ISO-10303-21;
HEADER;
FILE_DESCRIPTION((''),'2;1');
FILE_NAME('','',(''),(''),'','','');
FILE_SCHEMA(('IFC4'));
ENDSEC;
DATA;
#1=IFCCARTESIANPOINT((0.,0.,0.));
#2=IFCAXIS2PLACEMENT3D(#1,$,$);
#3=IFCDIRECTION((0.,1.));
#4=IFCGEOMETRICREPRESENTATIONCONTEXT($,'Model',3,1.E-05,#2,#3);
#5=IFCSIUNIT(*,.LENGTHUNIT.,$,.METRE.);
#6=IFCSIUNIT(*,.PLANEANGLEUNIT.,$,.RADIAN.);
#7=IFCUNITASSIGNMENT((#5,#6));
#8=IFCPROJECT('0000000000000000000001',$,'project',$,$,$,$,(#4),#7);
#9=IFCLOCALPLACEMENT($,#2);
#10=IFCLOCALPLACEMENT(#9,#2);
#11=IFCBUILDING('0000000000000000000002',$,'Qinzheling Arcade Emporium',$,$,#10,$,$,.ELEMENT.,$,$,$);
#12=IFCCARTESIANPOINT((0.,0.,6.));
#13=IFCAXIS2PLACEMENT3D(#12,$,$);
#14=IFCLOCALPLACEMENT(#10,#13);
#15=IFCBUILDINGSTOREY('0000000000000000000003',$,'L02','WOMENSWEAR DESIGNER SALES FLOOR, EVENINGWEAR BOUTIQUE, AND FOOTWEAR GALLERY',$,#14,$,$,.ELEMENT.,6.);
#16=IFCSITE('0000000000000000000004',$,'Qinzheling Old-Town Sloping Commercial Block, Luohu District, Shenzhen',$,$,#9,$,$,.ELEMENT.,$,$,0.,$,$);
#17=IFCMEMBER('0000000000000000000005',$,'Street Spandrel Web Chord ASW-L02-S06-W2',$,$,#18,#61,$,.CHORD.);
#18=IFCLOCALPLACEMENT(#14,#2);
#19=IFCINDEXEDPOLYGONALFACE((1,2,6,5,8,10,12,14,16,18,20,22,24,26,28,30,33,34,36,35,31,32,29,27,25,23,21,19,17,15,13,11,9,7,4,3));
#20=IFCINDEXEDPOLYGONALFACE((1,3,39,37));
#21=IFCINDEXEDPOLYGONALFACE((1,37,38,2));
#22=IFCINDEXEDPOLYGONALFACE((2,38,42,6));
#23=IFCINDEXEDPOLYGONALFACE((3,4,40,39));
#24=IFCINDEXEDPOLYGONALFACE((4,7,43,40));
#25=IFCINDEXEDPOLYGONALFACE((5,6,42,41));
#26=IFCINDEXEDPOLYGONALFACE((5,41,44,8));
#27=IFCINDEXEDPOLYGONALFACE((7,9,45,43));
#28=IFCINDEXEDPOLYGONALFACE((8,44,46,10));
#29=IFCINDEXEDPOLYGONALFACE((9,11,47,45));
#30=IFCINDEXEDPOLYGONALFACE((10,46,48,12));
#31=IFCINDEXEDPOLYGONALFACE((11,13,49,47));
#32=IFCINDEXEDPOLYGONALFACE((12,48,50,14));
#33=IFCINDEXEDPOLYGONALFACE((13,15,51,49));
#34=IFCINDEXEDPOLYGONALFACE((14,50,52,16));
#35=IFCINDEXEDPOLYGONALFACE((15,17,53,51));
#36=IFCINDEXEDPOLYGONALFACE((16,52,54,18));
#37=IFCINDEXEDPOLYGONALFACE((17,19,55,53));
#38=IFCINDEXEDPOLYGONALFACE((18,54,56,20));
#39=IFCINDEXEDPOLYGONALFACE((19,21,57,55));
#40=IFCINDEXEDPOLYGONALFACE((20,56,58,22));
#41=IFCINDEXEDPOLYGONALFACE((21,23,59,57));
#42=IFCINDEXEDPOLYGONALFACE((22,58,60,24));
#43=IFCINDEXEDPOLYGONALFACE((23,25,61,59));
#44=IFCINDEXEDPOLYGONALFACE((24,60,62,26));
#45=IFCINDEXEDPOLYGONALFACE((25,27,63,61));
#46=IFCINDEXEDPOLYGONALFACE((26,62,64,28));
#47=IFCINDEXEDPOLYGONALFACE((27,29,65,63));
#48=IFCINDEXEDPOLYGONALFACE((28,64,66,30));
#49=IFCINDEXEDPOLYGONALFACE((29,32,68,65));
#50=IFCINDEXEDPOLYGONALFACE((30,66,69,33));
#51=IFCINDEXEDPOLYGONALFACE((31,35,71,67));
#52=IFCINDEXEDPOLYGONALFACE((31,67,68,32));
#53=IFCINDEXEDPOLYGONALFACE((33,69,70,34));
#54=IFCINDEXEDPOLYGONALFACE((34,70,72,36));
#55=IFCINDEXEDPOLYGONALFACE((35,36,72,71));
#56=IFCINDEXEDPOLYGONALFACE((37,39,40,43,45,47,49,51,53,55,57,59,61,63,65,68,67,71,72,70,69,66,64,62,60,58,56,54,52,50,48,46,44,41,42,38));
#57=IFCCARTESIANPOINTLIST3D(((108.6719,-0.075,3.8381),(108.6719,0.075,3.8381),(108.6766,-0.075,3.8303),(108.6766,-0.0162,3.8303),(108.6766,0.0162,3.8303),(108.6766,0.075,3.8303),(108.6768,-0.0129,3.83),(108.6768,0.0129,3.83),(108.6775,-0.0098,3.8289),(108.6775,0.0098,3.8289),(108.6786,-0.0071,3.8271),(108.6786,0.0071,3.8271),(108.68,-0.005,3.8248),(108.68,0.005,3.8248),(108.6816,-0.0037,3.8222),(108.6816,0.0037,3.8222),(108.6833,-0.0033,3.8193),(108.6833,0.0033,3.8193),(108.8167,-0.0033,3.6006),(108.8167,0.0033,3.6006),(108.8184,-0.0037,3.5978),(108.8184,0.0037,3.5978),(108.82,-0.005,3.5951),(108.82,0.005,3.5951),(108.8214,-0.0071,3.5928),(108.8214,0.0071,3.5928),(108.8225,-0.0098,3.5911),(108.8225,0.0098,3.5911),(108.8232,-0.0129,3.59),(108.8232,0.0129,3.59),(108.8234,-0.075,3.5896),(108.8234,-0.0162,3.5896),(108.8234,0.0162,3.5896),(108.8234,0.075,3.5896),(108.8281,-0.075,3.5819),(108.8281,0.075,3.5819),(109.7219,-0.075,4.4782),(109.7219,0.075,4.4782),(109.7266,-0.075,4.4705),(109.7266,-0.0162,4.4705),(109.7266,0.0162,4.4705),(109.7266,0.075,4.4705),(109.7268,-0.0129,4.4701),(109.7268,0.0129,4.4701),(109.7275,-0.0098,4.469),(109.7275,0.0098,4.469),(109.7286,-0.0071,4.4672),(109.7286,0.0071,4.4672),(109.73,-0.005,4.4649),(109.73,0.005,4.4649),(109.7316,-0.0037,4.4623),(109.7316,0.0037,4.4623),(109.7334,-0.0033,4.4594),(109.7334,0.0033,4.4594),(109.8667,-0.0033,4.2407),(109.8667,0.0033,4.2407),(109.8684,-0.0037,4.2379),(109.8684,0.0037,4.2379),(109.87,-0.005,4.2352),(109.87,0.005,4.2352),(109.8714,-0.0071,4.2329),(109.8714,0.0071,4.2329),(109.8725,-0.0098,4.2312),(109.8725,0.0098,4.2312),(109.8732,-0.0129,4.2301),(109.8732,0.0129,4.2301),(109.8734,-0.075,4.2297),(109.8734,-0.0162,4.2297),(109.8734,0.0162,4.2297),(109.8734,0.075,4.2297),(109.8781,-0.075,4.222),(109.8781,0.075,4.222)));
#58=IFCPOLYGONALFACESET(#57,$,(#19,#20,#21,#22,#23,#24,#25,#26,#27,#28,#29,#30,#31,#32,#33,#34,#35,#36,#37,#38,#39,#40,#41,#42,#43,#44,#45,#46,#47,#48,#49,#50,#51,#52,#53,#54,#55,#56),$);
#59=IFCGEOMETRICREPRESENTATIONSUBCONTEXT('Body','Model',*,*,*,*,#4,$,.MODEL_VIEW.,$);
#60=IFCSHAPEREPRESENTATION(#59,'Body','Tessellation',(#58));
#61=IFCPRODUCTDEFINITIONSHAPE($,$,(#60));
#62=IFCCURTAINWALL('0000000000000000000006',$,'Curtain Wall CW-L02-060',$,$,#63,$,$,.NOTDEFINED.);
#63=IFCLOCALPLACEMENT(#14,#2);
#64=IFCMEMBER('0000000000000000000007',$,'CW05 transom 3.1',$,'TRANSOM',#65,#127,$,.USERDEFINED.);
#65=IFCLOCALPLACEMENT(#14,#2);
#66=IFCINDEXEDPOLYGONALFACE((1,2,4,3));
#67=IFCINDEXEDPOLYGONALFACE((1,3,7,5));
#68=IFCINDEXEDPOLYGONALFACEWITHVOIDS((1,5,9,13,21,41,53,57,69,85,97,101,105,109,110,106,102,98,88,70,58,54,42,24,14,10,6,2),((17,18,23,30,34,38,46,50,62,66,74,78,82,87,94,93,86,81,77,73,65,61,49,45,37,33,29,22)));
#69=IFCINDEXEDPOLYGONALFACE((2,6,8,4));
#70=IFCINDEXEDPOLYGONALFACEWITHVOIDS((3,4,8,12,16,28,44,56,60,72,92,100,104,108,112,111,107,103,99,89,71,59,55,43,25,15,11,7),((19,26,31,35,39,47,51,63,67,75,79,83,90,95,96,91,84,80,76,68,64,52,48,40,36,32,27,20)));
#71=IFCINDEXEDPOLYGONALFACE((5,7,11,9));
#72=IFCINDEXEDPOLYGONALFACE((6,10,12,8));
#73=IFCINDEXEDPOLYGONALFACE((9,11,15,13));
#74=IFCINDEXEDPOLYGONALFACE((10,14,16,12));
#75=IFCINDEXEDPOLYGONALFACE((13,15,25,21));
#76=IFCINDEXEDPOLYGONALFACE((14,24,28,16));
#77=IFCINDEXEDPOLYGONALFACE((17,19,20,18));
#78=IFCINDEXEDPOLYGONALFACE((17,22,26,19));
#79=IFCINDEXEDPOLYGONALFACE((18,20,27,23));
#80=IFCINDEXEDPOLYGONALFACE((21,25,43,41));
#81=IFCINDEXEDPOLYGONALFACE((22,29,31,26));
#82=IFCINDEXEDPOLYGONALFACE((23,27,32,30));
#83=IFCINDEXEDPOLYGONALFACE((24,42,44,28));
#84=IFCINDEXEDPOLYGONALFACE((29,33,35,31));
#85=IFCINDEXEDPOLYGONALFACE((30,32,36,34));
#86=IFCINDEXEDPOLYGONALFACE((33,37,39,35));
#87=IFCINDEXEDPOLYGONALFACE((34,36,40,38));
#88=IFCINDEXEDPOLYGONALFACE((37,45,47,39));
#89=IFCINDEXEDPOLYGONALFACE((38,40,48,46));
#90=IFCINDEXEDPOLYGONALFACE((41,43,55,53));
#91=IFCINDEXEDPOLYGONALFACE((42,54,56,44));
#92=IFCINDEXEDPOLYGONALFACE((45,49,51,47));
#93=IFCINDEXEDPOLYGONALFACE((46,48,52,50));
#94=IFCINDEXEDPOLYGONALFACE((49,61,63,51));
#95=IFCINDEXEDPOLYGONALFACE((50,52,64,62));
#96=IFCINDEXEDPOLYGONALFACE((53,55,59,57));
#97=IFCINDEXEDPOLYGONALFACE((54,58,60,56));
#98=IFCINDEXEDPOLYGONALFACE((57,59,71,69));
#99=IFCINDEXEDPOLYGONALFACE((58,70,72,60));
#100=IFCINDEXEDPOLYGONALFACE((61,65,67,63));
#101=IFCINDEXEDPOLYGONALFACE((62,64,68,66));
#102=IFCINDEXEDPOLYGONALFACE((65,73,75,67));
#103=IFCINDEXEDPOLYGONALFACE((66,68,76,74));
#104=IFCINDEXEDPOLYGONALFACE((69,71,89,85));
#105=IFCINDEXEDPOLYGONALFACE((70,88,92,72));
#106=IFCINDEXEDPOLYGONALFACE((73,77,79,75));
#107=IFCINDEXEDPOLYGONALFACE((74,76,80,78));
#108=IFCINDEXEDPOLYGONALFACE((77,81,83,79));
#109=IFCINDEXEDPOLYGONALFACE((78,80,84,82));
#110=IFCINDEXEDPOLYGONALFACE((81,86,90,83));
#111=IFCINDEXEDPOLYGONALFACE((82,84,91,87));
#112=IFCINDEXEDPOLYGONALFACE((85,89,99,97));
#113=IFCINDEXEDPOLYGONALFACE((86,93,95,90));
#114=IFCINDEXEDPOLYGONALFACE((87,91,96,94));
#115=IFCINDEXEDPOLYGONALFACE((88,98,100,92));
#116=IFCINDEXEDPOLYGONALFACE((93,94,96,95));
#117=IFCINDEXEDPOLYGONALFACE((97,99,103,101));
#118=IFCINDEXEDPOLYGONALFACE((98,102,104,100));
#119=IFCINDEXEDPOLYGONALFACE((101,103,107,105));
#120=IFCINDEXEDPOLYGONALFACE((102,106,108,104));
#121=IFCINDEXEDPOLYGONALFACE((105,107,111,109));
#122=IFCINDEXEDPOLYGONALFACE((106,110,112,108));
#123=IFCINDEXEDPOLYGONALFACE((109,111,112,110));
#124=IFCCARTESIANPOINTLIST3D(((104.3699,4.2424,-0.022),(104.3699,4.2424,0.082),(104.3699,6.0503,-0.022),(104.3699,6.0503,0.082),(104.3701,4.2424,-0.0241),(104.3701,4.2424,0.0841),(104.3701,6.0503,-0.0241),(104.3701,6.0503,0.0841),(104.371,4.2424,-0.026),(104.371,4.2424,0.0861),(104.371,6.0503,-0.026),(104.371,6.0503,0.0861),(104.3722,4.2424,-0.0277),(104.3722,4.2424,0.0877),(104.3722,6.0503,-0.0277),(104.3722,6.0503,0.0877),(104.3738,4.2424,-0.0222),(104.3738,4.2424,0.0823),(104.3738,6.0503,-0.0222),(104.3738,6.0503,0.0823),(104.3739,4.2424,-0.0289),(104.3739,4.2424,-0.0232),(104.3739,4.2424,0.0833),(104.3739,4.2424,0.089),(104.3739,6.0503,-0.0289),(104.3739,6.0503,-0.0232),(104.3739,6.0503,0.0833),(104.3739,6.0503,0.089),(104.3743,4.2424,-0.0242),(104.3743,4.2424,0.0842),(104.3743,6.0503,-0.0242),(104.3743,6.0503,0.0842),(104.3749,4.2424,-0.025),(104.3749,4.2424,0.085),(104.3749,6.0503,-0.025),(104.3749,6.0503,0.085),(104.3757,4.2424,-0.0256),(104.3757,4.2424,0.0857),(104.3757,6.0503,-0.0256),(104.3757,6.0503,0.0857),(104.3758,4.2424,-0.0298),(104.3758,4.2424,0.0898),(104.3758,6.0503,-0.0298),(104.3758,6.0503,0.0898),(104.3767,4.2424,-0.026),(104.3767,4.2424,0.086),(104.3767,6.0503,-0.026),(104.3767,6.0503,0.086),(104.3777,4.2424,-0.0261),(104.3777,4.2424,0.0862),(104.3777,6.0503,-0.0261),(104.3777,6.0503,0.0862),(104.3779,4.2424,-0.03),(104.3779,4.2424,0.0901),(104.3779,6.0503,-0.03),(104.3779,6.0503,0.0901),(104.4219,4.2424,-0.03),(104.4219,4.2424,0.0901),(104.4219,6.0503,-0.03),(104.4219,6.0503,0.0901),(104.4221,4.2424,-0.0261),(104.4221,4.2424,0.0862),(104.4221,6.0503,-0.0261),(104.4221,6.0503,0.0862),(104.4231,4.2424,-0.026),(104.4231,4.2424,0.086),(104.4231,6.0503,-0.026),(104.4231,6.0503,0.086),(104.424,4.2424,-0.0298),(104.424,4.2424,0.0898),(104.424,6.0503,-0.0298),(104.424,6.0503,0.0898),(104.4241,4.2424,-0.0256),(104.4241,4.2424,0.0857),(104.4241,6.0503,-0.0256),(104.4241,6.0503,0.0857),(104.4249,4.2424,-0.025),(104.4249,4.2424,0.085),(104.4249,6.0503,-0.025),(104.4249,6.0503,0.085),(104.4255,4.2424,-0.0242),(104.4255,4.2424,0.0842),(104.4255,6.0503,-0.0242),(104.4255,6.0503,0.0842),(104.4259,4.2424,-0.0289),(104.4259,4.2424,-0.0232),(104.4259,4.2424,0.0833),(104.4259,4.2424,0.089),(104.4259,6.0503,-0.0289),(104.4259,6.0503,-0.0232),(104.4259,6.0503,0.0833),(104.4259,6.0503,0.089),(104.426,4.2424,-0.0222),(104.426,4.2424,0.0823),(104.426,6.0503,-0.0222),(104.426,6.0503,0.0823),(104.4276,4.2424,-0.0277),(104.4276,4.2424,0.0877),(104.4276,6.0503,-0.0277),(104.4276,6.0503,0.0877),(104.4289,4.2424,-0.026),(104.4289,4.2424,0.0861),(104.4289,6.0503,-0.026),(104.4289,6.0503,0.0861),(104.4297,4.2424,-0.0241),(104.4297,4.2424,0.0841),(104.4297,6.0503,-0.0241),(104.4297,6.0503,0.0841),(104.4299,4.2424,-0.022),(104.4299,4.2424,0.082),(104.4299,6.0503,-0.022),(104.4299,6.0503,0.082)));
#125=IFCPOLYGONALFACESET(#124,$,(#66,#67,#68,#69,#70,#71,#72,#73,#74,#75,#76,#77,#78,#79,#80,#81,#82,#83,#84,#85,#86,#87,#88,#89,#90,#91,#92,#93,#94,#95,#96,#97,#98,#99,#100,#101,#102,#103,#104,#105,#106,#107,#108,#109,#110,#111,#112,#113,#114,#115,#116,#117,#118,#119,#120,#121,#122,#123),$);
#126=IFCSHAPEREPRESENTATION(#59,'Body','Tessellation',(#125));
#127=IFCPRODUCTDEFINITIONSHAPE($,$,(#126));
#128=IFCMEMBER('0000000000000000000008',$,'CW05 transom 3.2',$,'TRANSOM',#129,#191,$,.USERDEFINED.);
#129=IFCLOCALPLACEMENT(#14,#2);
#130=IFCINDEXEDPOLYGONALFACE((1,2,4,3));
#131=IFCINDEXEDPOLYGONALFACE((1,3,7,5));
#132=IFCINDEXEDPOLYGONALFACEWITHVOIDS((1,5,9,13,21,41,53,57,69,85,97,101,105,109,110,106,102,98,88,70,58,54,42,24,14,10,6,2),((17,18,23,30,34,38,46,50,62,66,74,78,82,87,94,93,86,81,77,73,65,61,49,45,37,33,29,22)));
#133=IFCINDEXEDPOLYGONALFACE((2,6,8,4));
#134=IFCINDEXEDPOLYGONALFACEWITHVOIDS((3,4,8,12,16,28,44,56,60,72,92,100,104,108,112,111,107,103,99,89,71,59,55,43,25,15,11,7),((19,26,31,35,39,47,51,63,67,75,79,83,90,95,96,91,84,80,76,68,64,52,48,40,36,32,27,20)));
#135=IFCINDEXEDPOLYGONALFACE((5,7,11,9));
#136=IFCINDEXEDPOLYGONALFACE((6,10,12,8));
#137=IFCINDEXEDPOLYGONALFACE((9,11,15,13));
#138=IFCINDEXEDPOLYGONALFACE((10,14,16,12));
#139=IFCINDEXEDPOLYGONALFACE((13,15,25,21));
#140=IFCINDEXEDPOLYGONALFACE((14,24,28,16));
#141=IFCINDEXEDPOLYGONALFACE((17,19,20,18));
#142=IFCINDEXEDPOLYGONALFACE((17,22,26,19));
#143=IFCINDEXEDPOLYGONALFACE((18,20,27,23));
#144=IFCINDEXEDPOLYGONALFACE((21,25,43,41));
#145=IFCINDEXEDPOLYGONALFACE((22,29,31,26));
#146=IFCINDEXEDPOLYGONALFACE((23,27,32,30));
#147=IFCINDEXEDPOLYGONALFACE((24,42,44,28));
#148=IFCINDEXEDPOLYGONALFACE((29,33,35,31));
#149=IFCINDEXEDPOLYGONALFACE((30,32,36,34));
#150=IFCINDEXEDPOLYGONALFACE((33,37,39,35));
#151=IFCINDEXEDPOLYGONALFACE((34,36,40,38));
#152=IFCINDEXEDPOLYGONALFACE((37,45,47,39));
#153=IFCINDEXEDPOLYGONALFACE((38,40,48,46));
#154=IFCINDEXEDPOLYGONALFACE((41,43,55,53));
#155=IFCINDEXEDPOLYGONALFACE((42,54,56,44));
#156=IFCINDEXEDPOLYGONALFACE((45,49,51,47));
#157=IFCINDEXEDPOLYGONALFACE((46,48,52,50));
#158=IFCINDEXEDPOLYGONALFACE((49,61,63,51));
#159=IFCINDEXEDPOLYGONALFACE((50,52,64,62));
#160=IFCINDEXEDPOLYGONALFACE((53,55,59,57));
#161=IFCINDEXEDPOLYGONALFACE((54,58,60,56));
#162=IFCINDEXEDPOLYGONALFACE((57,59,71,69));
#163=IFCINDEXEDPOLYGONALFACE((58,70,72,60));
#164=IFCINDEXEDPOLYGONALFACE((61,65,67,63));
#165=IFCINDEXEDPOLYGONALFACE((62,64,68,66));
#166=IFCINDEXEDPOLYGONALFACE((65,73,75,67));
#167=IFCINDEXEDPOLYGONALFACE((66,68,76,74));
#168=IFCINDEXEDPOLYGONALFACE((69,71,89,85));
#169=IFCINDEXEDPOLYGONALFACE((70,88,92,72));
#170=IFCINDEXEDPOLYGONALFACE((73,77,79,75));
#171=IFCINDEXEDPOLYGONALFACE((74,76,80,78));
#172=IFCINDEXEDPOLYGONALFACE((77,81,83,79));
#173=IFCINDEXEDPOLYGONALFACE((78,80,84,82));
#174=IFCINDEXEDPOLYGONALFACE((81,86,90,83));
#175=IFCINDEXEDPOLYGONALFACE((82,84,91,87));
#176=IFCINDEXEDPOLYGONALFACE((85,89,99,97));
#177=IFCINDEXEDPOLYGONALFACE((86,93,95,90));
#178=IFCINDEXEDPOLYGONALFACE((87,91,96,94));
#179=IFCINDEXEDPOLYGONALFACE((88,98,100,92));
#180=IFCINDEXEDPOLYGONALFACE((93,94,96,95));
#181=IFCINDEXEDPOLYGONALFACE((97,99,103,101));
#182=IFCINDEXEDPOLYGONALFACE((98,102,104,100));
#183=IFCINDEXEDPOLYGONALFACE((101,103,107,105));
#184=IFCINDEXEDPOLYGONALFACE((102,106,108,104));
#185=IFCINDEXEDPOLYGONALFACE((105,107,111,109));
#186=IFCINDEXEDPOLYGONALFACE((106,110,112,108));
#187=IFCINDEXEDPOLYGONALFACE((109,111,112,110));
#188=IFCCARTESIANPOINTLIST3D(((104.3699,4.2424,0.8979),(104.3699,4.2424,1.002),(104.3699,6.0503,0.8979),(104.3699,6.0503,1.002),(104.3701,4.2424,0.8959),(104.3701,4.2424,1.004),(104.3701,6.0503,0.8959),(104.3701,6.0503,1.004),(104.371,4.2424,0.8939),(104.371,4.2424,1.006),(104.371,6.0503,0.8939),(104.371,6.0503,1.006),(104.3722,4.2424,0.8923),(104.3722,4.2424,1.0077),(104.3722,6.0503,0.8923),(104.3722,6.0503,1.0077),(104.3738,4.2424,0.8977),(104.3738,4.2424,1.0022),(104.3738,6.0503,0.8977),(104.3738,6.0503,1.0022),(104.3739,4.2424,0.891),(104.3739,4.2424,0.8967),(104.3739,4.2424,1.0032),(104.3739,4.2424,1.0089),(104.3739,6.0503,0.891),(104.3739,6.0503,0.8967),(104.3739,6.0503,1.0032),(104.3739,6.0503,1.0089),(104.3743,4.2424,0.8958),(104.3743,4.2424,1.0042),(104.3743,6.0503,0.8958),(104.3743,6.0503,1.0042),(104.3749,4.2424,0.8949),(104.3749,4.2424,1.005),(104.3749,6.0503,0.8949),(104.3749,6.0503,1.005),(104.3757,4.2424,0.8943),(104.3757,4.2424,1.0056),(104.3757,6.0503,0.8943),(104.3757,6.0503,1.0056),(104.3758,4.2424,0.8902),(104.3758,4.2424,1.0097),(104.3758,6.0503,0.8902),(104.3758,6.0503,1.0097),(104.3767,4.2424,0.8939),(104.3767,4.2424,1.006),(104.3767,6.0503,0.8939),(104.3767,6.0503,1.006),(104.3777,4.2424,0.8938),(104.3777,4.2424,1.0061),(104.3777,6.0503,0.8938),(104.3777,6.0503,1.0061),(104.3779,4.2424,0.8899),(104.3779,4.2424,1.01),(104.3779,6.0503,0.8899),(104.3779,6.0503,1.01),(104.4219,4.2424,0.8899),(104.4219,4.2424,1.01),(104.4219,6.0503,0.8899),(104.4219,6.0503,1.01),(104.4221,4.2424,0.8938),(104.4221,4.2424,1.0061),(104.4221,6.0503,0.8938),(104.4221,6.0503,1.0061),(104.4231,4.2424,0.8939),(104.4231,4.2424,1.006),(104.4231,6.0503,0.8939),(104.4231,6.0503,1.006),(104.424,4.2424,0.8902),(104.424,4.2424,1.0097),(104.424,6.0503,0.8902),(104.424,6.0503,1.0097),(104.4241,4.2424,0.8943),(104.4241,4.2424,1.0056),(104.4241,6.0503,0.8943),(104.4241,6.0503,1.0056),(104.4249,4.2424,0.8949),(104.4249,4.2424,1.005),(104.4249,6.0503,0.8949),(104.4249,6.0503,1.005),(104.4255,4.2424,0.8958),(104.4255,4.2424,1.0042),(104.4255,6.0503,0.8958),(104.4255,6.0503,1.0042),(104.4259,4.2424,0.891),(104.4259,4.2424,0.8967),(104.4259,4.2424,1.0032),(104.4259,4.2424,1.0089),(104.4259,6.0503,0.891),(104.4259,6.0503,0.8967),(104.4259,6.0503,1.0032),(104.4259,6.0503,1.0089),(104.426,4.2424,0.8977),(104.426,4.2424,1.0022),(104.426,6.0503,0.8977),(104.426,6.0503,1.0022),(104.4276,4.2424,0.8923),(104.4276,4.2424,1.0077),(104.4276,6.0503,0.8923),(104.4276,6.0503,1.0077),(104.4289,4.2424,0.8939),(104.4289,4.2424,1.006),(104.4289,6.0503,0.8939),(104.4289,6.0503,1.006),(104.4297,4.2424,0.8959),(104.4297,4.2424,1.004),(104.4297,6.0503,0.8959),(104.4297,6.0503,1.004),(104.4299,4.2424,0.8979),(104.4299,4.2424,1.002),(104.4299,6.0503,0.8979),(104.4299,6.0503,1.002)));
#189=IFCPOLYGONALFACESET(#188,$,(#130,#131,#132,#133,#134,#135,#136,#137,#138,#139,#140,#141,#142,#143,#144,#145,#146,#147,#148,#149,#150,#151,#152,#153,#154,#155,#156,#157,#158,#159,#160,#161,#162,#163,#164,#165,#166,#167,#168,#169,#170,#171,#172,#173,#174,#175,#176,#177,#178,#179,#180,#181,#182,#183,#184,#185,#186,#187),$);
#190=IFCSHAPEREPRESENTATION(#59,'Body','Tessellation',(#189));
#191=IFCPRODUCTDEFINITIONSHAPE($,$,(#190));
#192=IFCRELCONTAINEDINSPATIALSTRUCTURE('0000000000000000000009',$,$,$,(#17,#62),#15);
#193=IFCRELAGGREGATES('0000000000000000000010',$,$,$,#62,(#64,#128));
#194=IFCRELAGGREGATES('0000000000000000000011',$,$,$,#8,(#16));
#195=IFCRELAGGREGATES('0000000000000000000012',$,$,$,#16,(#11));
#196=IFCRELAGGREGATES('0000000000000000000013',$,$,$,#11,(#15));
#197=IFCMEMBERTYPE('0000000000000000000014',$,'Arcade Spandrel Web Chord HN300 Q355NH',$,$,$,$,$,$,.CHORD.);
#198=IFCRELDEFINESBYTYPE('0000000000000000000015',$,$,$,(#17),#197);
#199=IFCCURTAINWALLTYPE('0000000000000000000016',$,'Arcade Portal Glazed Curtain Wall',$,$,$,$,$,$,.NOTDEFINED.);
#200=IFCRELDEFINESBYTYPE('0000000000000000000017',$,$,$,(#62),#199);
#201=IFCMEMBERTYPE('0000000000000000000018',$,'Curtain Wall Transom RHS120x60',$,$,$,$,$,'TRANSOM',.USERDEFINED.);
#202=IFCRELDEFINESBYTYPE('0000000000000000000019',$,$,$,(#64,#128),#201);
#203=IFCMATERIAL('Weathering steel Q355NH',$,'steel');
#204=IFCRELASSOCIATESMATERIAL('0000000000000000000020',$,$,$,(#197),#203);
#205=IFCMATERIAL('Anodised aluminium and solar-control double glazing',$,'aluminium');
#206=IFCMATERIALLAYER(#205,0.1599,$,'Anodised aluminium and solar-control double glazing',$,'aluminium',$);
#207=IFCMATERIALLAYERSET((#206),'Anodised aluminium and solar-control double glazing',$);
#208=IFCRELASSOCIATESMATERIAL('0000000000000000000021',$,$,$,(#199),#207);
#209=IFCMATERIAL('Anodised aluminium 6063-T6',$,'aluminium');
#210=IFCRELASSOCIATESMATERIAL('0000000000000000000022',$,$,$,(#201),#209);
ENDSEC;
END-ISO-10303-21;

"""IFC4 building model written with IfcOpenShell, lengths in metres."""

from ifc_helpers import new_model, si_unit, direction, frame, origin, origin_2d, place, context, subcontext, project, spatial, hollow_rectangle, i_section, extrude, material, layer, layer_set, material_profile, profile_set, type_object, element, aggregate, save


model = new_model("IFC4")

# Units and contexts
model_context = context("Model", 3, precision=1e-05, world=origin(), true_north=direction((0.0, 1.0)))
body_context = subcontext(model_context, "Body", "Model", "MODEL_VIEW")
ifc_project = project(units=[si_unit("LENGTHUNIT", "METRE"), si_unit("PLANEANGLEUNIT", "RADIAN")], contexts=[model_context])

# Site, building, storey
site_placement = place(None, origin())
site = spatial("IfcSite", under=ifc_project, at=site_placement, Name="Qinzheling Old-Town Sloping Commercial Block, Luohu District, Shenzhen", CompositionType="ELEMENT", RefElevation=0.0)
building_placement = place(site_placement, origin())
building = spatial("IfcBuilding", under=site, at=building_placement, Name="Qinzheling Arcade Emporium", CompositionType="ELEMENT")
storey_placement = place(building_placement, frame((0.0, 0.0, 6.0)))
storey = spatial("IfcBuildingStorey", under=building, at=storey_placement, Name="L02", Description="WOMENSWEAR DESIGNER SALES FLOOR, EVENINGWEAR BOUTIQUE, AND FOOTWEAR GALLERY", CompositionType="ELEMENT", Elevation=6.0)

# Shared definitions
ifc_material_1 = material(Name="Weathering steel Q355NH", Category="steel")

# Member
ifc_material_profile_1 = material_profile(ifc_material_1, i_section(OverallWidth=0.1499, OverallDepth=0.3, WebThickness=0.0066, FlangeThickness=0.009, FilletRadius=0.0129, at=origin_2d()), Name="HN 300x150x6.5x9", Category="steel")
ifc_profile_set_1 = profile_set([ifc_material_profile_1], Name="Weathering steel Q355NH")
member_type_1 = type_object("IfcMemberType", Name="Arcade Spandrel Web Chord HN300 Q355NH", PredefinedType="CHORD", material=ifc_profile_set_1)
for number, where, z_axis, x_axis, name in (
    (1, (108.75, 0.0, 3.71), (0.853846, 0.0, 0.520526), (0.0, 1.0, 0.0), "Street Spandrel Web Chord ASW-L02-S06-W2"),
):
    element("IfcMember", number, at=place(storey_placement, frame(where, z_axis=z_axis, x_axis=x_axis)), inside=storey, type_object=member_type_1, Name=name, PredefinedType="CHORD", context=body_context, shape_type="SweptSolid", body=[
        extrude(i_section(OverallWidth=0.1499, OverallDepth=0.3, WebThickness=0.0066, FlangeThickness=0.009, FilletRadius=0.0129, at=origin_2d()), origin(), (0.0, 0.0, 1.0), 1.2297),
    ])

# Curtain wall, members
ifc_material_2 = material(Name="Anodised aluminium and solar-control double glazing", Category="aluminium")
ifc_layer_1 = layer(ifc_material_2, 0.1599, Name="Anodised aluminium and solar-control double glazing", Category="aluminium")
ifc_layer_set_1 = layer_set([ifc_layer_1], Name="Anodised aluminium and solar-control double glazing")
curtain_wall_type = type_object("IfcCurtainWallType", Name="Arcade Portal Glazed Curtain Wall", PredefinedType="NOTDEFINED", material=ifc_layer_set_1)
curtain_wall_placement = place(storey_placement, origin())
curtain_wall = element("IfcCurtainWall", 2, at=curtain_wall_placement, inside=storey, type_object=curtain_wall_type, Name="Curtain Wall CW-L02-060", PredefinedType="NOTDEFINED")
ifc_material_3 = material(Name="Anodised aluminium 6063-T6", Category="aluminium")
ifc_material_profile_2 = material_profile(ifc_material_3, hollow_rectangle(XDim=0.0601, YDim=0.1201, WallThickness=0.0039, InnerFilletRadius=0.0039, OuterFilletRadius=0.0081, at=origin_2d()), Name="RHS 120x60x4", Category="aluminium")
ifc_profile_set_2 = profile_set([ifc_material_profile_2], Name="Anodised aluminium 6063-T6")
member_type_2 = type_object("IfcMemberType", Name="Curtain Wall Transom RHS120x60", ElementType="TRANSOM", PredefinedType="USERDEFINED", material=ifc_profile_set_2)
member_1_placement = place(storey_placement, frame((104.3999, 4.2424, 0.03), z_axis=(0.0, 1.0, 0.0), x_axis=(-1.0, 0.0, 0.0)))
member_1 = element("IfcMember", 3, at=member_1_placement, type_object=member_type_2, Name="CW05 transom 3.1", ObjectType="TRANSOM", PredefinedType="USERDEFINED", context=body_context, shape_type="SweptSolid", body=[
    extrude(hollow_rectangle(XDim=0.0601, YDim=0.1201, WallThickness=0.0039, InnerFilletRadius=0.0039, OuterFilletRadius=0.0081, at=origin_2d()), origin(), (0.0, 0.0, 1.0), 1.8079),
])
member_2_placement = place(storey_placement, frame((104.3999, 4.2424, 0.95), z_axis=(0.0, 1.0, 0.0), x_axis=(-1.0, 0.0, 0.0)))
member_2 = element("IfcMember", 4, at=member_2_placement, type_object=member_type_2, Name="CW05 transom 3.2", ObjectType="TRANSOM", PredefinedType="USERDEFINED", context=body_context, shape_type="SweptSolid", body=[
    extrude(hollow_rectangle(XDim=0.0601, YDim=0.1201, WallThickness=0.0039, InnerFilletRadius=0.0039, OuterFilletRadius=0.0081, at=origin_2d()), origin(), (0.0, 0.0, 1.0), 1.8079),
])

aggregate(curtain_wall, [member_1, member_2])

save(model, "model.ifc")
